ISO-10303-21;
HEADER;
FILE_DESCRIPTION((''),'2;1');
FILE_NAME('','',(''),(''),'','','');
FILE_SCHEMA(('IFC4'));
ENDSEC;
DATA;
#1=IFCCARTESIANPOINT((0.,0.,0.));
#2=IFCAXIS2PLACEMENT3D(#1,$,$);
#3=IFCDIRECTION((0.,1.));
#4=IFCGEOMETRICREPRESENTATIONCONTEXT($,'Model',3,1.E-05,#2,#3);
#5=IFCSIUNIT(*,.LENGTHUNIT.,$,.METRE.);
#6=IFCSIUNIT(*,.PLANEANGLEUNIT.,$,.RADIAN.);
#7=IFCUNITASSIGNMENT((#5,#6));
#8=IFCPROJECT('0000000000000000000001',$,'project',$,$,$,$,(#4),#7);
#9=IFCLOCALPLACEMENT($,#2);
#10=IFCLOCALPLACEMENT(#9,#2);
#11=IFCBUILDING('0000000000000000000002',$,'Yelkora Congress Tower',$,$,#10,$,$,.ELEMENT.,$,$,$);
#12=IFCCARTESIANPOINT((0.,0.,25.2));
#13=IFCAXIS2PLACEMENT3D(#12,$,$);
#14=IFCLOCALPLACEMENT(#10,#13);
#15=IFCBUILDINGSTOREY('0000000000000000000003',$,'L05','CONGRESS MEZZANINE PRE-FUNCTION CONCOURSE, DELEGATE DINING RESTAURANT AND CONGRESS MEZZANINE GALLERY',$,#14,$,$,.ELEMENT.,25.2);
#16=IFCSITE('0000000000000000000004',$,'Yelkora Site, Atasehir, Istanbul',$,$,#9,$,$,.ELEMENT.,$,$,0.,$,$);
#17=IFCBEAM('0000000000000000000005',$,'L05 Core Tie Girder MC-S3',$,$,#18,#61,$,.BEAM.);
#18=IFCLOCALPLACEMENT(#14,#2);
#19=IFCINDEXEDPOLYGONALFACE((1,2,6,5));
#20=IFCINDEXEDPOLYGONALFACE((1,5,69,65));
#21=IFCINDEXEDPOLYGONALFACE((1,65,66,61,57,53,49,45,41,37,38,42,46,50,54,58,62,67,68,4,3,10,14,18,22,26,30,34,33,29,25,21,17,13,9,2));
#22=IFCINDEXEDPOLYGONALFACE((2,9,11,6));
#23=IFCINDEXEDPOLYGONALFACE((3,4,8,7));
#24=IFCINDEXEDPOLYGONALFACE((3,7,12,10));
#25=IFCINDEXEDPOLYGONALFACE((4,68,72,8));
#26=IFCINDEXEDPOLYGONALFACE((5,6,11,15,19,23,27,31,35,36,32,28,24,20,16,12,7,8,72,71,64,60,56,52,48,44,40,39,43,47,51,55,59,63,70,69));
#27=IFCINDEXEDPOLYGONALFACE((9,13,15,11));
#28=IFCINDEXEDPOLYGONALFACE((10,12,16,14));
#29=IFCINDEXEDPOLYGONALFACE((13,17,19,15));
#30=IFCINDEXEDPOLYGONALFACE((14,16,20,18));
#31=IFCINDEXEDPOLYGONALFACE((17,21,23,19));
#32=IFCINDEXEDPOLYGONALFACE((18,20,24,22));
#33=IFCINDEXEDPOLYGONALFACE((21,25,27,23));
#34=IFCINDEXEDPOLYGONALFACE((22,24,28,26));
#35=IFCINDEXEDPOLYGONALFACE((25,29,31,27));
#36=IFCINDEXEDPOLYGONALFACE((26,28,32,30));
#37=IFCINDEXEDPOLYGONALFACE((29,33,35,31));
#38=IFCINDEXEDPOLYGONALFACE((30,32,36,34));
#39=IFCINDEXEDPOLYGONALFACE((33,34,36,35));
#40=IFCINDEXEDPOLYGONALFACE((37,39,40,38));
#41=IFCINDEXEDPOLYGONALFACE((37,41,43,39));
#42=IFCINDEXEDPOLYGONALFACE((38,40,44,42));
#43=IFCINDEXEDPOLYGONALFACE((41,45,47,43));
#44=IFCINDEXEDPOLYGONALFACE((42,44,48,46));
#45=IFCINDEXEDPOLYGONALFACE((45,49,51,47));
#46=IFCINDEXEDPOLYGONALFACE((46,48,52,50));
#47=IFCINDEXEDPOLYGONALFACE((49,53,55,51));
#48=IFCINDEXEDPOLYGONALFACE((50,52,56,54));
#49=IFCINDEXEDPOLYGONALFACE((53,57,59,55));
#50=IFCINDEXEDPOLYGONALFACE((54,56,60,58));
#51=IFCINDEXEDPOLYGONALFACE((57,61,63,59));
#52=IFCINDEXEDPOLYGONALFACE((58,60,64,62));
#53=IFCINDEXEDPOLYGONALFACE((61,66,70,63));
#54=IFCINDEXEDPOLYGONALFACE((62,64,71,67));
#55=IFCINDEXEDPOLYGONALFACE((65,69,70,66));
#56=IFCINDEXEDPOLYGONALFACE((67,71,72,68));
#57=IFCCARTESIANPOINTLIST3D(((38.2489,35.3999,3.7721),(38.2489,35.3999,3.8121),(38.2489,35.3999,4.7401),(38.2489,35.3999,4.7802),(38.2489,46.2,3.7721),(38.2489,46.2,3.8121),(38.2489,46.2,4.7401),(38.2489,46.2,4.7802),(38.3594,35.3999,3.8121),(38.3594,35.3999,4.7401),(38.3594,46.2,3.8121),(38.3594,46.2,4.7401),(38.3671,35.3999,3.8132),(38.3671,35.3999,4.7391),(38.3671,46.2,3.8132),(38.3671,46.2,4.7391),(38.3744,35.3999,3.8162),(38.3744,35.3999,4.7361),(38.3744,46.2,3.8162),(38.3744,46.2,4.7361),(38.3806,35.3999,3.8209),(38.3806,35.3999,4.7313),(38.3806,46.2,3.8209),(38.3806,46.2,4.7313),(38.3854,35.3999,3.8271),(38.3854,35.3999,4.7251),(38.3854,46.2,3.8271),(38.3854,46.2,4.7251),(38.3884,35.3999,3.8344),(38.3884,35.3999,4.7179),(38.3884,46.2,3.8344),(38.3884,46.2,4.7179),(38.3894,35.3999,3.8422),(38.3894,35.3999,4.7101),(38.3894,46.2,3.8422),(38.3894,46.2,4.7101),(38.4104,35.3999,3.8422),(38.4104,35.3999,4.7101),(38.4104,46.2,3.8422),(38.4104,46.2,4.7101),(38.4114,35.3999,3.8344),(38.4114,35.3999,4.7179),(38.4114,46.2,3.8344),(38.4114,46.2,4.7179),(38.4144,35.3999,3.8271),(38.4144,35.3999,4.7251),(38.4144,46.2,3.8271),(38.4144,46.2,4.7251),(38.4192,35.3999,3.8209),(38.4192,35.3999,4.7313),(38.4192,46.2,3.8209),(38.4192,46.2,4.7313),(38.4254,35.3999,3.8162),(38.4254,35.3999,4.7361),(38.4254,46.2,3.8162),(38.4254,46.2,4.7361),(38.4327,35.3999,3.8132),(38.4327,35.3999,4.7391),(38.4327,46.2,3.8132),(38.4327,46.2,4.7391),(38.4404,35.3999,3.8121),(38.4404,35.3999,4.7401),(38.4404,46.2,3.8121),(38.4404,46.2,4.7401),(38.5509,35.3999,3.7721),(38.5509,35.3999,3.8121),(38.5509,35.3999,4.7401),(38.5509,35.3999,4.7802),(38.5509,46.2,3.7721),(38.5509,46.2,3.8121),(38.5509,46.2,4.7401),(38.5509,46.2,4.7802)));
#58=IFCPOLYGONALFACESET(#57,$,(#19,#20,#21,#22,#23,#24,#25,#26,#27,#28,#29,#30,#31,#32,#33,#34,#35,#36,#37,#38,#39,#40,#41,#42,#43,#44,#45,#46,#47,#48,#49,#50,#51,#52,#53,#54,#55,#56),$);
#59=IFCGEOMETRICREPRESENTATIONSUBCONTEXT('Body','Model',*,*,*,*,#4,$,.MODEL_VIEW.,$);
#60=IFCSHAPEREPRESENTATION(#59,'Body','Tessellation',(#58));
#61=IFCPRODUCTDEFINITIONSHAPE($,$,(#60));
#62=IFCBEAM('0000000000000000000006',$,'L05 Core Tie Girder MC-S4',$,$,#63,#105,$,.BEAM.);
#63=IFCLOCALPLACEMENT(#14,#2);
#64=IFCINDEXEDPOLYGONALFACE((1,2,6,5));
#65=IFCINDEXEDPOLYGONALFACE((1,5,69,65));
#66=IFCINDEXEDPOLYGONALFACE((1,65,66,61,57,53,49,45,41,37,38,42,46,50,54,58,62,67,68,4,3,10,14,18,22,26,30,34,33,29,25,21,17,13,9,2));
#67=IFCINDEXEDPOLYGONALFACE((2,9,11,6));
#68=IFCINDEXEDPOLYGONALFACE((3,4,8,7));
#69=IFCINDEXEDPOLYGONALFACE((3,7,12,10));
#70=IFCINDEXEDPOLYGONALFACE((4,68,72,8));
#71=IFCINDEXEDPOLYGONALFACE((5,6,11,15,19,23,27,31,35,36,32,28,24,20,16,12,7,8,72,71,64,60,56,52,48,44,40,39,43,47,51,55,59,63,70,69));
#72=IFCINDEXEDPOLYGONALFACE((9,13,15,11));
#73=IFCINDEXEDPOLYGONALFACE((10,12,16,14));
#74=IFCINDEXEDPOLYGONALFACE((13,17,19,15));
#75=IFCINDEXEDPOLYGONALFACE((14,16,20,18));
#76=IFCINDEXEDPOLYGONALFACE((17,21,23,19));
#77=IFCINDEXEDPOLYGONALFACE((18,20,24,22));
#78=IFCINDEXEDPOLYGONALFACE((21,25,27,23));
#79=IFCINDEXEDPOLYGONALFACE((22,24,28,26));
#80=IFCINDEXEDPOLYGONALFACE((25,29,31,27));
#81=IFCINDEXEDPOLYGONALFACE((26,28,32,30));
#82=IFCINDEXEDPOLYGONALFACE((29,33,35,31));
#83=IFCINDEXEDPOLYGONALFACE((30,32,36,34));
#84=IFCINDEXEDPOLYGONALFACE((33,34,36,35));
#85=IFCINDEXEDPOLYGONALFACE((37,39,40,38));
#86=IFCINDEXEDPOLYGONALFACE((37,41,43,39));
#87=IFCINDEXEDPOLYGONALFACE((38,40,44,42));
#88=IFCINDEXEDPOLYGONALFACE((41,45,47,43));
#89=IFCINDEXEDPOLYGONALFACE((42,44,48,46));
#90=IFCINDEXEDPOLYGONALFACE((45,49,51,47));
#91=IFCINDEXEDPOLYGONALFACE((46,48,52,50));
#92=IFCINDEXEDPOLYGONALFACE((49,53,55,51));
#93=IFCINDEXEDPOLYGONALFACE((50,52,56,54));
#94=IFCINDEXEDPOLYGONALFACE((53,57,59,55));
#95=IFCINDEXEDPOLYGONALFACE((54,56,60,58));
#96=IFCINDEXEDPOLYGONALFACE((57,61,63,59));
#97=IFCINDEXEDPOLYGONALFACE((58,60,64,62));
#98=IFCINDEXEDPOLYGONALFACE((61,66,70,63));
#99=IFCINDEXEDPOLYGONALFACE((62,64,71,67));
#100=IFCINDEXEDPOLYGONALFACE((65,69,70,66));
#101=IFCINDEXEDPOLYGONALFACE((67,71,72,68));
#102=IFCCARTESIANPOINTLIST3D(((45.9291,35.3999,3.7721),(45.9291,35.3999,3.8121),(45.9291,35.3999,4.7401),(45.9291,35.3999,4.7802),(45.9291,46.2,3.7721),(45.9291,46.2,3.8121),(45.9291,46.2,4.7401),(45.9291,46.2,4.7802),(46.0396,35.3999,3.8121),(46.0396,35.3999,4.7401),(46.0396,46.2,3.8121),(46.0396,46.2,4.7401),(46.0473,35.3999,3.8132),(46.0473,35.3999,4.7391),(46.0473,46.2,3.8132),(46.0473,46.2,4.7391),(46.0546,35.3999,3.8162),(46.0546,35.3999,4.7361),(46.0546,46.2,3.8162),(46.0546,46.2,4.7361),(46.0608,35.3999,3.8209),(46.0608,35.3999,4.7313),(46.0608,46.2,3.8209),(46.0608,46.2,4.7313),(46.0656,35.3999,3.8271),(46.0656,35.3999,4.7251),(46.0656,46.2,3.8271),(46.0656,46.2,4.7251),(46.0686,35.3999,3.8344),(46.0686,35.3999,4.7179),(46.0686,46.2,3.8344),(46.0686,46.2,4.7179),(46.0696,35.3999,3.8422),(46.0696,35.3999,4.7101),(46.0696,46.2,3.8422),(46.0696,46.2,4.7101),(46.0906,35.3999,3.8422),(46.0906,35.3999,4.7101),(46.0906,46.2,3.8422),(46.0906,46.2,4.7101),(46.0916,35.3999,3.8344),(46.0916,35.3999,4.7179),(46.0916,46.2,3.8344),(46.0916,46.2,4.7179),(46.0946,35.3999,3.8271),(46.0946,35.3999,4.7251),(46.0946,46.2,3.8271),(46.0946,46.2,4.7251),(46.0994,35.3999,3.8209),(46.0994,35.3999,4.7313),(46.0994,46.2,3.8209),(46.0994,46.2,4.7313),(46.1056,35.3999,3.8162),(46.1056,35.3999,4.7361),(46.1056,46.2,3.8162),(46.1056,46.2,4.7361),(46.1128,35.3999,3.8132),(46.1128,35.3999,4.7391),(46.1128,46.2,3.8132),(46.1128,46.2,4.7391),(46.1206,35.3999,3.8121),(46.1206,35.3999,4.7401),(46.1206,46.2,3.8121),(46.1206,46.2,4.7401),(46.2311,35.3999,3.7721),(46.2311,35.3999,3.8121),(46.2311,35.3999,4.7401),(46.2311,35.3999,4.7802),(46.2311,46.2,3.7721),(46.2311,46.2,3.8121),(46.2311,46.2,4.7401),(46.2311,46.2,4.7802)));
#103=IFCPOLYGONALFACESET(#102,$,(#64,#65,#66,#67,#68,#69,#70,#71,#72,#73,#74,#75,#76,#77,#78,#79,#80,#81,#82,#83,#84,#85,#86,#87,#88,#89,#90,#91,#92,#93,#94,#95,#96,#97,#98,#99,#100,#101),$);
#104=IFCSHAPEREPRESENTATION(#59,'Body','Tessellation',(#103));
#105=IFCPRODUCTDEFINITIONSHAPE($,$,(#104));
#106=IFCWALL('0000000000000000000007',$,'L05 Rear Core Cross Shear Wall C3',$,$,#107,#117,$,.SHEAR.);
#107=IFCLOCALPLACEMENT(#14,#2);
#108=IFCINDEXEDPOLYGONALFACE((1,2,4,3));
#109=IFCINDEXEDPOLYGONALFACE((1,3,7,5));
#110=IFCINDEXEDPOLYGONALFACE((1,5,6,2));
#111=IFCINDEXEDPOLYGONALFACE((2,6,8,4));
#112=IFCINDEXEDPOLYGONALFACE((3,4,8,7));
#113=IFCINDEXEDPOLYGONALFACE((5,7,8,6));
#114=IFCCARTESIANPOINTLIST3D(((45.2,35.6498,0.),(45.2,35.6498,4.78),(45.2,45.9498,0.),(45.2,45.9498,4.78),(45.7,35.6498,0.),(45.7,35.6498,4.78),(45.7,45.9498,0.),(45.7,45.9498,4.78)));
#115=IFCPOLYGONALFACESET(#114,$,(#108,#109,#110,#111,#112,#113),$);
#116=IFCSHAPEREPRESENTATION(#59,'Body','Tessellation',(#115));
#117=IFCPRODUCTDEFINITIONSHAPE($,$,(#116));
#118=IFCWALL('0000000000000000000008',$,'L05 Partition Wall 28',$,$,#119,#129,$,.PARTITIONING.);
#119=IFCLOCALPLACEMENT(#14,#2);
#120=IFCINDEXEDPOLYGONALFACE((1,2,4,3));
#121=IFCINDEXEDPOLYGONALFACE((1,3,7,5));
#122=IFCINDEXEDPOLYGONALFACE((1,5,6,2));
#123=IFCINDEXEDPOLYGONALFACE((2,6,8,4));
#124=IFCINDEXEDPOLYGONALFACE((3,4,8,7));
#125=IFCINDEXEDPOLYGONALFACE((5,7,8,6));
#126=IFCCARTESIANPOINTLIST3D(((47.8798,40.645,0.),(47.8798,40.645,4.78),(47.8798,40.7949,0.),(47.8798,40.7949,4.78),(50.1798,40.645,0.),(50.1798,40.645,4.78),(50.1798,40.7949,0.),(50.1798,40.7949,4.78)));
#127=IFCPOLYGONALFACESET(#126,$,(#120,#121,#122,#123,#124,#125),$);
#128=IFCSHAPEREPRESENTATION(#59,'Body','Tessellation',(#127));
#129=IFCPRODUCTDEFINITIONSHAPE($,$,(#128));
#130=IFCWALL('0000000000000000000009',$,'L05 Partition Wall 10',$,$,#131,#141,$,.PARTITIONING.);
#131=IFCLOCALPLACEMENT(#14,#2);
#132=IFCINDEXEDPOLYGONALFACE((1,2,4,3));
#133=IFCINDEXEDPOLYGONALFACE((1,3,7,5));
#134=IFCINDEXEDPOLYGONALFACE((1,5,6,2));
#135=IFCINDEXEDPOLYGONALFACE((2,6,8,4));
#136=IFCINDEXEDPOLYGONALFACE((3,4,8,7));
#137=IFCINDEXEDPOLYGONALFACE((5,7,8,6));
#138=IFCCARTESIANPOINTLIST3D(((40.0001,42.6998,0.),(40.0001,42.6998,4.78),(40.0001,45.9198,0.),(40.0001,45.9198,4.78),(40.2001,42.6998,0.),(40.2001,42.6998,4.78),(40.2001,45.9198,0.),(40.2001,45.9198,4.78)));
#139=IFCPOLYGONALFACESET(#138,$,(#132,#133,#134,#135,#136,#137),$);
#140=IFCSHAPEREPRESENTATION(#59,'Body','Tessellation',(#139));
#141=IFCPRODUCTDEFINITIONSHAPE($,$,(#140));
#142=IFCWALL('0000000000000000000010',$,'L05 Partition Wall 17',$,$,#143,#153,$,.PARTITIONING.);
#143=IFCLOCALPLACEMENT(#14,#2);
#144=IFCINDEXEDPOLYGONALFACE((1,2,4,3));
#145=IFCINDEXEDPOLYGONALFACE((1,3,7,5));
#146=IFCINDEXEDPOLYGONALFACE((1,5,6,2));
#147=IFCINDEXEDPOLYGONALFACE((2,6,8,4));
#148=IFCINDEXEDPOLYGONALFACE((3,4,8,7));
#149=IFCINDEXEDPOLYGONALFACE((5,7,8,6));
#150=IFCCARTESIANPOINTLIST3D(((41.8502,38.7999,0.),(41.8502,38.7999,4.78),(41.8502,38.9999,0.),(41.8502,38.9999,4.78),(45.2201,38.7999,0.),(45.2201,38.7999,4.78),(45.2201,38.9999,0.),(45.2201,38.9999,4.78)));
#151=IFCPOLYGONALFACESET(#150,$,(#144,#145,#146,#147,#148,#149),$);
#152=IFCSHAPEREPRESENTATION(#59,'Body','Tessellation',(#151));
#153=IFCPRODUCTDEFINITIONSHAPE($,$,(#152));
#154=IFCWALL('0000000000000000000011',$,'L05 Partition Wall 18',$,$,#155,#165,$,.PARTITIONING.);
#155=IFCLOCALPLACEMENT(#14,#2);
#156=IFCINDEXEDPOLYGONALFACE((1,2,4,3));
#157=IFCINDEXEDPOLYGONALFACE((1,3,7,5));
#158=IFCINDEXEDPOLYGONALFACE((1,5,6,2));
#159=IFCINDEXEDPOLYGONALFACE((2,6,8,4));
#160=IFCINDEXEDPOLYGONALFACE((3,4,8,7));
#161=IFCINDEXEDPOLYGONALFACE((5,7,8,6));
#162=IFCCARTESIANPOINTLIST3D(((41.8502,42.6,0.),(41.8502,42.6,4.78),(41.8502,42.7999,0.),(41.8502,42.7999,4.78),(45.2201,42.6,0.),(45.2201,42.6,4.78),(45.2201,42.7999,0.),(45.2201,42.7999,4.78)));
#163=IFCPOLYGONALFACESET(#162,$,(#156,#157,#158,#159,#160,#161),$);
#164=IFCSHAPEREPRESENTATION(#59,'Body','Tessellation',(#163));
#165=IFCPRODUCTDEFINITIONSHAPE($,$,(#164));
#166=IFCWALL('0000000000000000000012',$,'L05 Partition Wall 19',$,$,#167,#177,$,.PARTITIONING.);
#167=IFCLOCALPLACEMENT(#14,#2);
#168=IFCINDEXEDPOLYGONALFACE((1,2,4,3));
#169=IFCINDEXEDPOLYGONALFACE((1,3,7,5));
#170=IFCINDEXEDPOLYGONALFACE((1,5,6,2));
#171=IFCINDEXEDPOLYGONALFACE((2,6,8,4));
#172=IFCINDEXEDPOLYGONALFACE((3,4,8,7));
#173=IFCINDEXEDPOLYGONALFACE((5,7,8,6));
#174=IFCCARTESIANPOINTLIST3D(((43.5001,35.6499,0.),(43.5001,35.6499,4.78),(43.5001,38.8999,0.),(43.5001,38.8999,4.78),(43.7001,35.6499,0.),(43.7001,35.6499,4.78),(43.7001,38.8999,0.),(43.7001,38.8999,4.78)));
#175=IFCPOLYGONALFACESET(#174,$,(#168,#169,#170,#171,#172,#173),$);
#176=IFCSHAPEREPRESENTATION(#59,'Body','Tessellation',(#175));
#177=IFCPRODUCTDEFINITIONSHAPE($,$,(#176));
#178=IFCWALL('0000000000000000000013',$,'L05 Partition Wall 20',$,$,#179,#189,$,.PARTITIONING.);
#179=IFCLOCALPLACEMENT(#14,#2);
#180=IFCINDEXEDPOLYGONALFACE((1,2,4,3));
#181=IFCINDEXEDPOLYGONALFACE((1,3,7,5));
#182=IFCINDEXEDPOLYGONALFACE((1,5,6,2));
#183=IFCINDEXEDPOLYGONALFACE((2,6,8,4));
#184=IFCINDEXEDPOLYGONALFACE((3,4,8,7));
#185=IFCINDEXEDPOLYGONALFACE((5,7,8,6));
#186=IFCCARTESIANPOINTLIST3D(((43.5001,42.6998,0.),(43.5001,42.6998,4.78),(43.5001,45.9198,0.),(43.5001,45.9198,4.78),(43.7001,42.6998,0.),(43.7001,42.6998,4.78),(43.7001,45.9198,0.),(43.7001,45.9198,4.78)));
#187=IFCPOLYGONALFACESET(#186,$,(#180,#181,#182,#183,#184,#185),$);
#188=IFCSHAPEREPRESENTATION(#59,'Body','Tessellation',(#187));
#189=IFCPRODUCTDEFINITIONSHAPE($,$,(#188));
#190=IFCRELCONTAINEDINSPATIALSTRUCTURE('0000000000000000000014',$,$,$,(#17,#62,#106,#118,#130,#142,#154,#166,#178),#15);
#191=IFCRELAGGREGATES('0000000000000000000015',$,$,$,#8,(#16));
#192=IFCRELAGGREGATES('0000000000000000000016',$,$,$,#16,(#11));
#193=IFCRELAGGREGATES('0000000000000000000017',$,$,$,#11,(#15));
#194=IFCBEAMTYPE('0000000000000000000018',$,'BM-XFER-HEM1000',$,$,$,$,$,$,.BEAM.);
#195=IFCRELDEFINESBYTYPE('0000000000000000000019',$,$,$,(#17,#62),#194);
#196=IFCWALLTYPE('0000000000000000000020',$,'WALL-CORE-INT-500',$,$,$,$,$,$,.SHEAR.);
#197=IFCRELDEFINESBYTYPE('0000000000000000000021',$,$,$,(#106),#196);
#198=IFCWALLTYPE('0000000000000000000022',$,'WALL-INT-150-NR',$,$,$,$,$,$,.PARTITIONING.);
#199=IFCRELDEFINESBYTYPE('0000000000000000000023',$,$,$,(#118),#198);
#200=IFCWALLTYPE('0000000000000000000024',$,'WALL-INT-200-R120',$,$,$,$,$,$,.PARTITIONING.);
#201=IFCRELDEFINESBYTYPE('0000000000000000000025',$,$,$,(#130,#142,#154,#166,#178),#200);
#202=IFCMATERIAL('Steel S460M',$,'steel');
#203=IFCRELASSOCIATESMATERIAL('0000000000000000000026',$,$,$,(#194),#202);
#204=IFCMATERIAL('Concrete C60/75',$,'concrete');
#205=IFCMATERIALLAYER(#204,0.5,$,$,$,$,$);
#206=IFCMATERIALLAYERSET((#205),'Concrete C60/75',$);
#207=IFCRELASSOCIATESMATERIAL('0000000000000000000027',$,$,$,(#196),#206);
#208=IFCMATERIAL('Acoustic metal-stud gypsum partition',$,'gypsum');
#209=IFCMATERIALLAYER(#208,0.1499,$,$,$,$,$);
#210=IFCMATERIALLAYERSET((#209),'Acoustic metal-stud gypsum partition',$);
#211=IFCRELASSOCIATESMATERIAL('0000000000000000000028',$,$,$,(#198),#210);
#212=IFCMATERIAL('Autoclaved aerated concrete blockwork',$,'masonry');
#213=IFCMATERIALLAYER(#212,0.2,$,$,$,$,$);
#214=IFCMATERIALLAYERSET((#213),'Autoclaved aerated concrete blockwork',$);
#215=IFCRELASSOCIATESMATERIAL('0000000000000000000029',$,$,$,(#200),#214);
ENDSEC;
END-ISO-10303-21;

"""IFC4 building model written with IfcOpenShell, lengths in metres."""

from ifc_helpers import new_model, si_unit, direction, frame, frame_2d, origin, origin_2d, place, context, subcontext, project, spatial, rectangle, i_section, extrude, material, layer, layer_set, material_profile, profile_set, type_object, element, save


model = new_model("IFC4")

# Units and contexts
model_context = context("Model", 3, precision=1e-05, world=origin(), true_north=direction((0.0, 1.0)))
body_context = subcontext(model_context, "Body", "Model", "MODEL_VIEW")
ifc_project = project(units=[si_unit("LENGTHUNIT", "METRE"), si_unit("PLANEANGLEUNIT", "RADIAN")], contexts=[model_context])

# Site, building, storey
site_placement = place(None, origin())
site = spatial("IfcSite", under=ifc_project, at=site_placement, Name="Yelkora Site, Atasehir, Istanbul", CompositionType="ELEMENT", RefElevation=0.0)
building_placement = place(site_placement, origin())
building = spatial("IfcBuilding", under=site, at=building_placement, Name="Yelkora Congress Tower", CompositionType="ELEMENT")
storey_placement = place(building_placement, frame((0.0, 0.0, 25.2)))
storey = spatial("IfcBuildingStorey", under=building, at=storey_placement, Name="L05", Description="CONGRESS MEZZANINE PRE-FUNCTION CONCOURSE, DELEGATE DINING RESTAURANT AND CONGRESS MEZZANINE GALLERY", CompositionType="ELEMENT", Elevation=25.2)

# Shared definitions
ifc_material_1 = material(Name="Concrete C60/75", Category="concrete")

# Beams
ifc_material_2 = material(Name="Steel S460M", Category="steel")
ifc_material_profile_1 = material_profile(ifc_material_2, i_section(OverallWidth=0.302, OverallDepth=1.0081, WebThickness=0.021, FlangeThickness=0.04, FilletRadius=0.03, at=origin_2d()), Name="HEM 1000")
ifc_profile_set_1 = profile_set([ifc_material_profile_1], Name="Steel S460M")
beam_type = type_object("IfcBeamType", Name="BM-XFER-HEM1000", PredefinedType="BEAM", material=ifc_profile_set_1)
for number, where, z_axis, x_axis, name in (
    (1, (38.3999, 35.3999, 4.2761), (0.0, 1.0, 0.0), (-1.0, 0.0, 0.0), "L05 Core Tie Girder MC-S3"),
    (2, (46.0801, 35.3999, 4.2761), (0.0, 1.0, 0.0), (-1.0, 0.0, 0.0), "L05 Core Tie Girder MC-S4"),
):
    element("IfcBeam", number, at=place(storey_placement, frame(where, z_axis=z_axis, x_axis=x_axis)), inside=storey, type_object=beam_type, Name=name, PredefinedType="BEAM", context=body_context, shape_type="SweptSolid", body=[
        extrude(i_section(OverallWidth=0.302, OverallDepth=1.0081, WebThickness=0.021, FlangeThickness=0.04, FilletRadius=0.03, at=origin_2d()), origin(), (0.0, 0.0, 1.0), 10.8),
    ])

# Shared definitions
ifc_layer_1 = layer(ifc_material_1, 0.5)
ifc_layer_set_1 = layer_set([ifc_layer_1], Name="Concrete C60/75")
wall_type_1 = type_object("IfcWallType", Name="WALL-CORE-INT-500", PredefinedType="SHEAR", material=ifc_layer_set_1)

# Walls
wall_1_placement = place(storey_placement, frame((45.45, 35.6499, 0.0), z_axis=(0.0, 0.0, 1.0), x_axis=(0.0, 1.0, 0.0)))
element("IfcWall", 3, at=wall_1_placement, inside=storey, type_object=wall_type_1, Name="L05 Rear Core Cross Shear Wall C3", PredefinedType="SHEAR", context=body_context, shape_type="SweptSolid", body=[
    extrude(rectangle(XDim=10.3, YDim=0.5, at=frame_2d((5.1499, 0.0))), origin(), (0.0, 0.0, 1.0), 4.78),
])
ifc_material_3 = material(Name="Acoustic metal-stud gypsum partition", Category="gypsum")
ifc_layer_2 = layer(ifc_material_3, 0.1499)
ifc_layer_set_2 = layer_set([ifc_layer_2], Name="Acoustic metal-stud gypsum partition")
wall_type_2 = type_object("IfcWallType", Name="WALL-INT-150-NR", PredefinedType="PARTITIONING", material=ifc_layer_set_2)
wall_2_placement = place(storey_placement, frame((47.8799, 40.72, 0.0), z_axis=(0.0, 0.0, 1.0), x_axis=(1.0, 0.0, 0.0)))
element("IfcWall", 4, at=wall_2_placement, inside=storey, type_object=wall_type_2, Name="L05 Partition Wall 28", PredefinedType="PARTITIONING", context=body_context, shape_type="SweptSolid", body=[
    extrude(rectangle(XDim=2.3, YDim=0.1499, at=frame_2d((1.1499, 0.0))), origin(), (0.0, 0.0, 1.0), 4.78),
])

# Walls
ifc_material_4 = material(Name="Autoclaved aerated concrete blockwork", Category="masonry")
ifc_layer_3 = layer(ifc_material_4, 0.2)
ifc_layer_set_3 = layer_set([ifc_layer_3], Name="Autoclaved aerated concrete blockwork")
wall_type_3 = type_object("IfcWallType", Name="WALL-INT-200-R120", PredefinedType="PARTITIONING", material=ifc_layer_set_3)
wall_3_placement = place(storey_placement, frame((40.1001, 42.7, 0.0), z_axis=(0.0, 0.0, 1.0), x_axis=(0.0, 1.0, 0.0)))
element("IfcWall", 5, at=wall_3_placement, inside=storey, type_object=wall_type_3, Name="L05 Partition Wall 10", PredefinedType="PARTITIONING", context=body_context, shape_type="SweptSolid", body=[
    extrude(rectangle(XDim=3.22, YDim=0.2, at=frame_2d((1.6099, 0.0))), origin(), (0.0, 0.0, 1.0), 4.78),
])
for number, where, z_axis, x_axis, name in (
    (6, (41.8501, 38.8999, 0.0), (0.0, 0.0, 1.0), (1.0, 0.0, 0.0), "L05 Partition Wall 17"),
    (7, (41.8501, 42.7, 0.0), (0.0, 0.0, 1.0), (1.0, 0.0, 0.0), "L05 Partition Wall 18"),
):
    element("IfcWall", number, at=place(storey_placement, frame(where, z_axis=z_axis, x_axis=x_axis)), inside=storey, type_object=wall_type_3, Name=name, PredefinedType="PARTITIONING", context=body_context, shape_type="SweptSolid", body=[
        extrude(rectangle(XDim=3.3699, YDim=0.2, at=frame_2d((1.6851, 0.0))), origin(), (0.0, 0.0, 1.0), 4.78),
    ])
wall_4_placement = place(storey_placement, frame((43.6001, 35.6499, 0.0), z_axis=(0.0, 0.0, 1.0), x_axis=(0.0, 1.0, 0.0)))
element("IfcWall", 8, at=wall_4_placement, inside=storey, type_object=wall_type_3, Name="L05 Partition Wall 19", PredefinedType="PARTITIONING", context=body_context, shape_type="SweptSolid", body=[
    extrude(rectangle(XDim=3.25, YDim=0.2, at=frame_2d((1.625, 0.0))), origin(), (0.0, 0.0, 1.0), 4.78),
])
wall_5_placement = place(storey_placement, frame((43.6001, 42.7, 0.0), z_axis=(0.0, 0.0, 1.0), x_axis=(0.0, 1.0, 0.0)))
element("IfcWall", 9, at=wall_5_placement, inside=storey, type_object=wall_type_3, Name="L05 Partition Wall 20", PredefinedType="PARTITIONING", context=body_context, shape_type="SweptSolid", body=[
    extrude(rectangle(XDim=3.22, YDim=0.2, at=frame_2d((1.6099, 0.0))), origin(), (0.0, 0.0, 1.0), 4.78),
])

save(model, "model.ifc")
